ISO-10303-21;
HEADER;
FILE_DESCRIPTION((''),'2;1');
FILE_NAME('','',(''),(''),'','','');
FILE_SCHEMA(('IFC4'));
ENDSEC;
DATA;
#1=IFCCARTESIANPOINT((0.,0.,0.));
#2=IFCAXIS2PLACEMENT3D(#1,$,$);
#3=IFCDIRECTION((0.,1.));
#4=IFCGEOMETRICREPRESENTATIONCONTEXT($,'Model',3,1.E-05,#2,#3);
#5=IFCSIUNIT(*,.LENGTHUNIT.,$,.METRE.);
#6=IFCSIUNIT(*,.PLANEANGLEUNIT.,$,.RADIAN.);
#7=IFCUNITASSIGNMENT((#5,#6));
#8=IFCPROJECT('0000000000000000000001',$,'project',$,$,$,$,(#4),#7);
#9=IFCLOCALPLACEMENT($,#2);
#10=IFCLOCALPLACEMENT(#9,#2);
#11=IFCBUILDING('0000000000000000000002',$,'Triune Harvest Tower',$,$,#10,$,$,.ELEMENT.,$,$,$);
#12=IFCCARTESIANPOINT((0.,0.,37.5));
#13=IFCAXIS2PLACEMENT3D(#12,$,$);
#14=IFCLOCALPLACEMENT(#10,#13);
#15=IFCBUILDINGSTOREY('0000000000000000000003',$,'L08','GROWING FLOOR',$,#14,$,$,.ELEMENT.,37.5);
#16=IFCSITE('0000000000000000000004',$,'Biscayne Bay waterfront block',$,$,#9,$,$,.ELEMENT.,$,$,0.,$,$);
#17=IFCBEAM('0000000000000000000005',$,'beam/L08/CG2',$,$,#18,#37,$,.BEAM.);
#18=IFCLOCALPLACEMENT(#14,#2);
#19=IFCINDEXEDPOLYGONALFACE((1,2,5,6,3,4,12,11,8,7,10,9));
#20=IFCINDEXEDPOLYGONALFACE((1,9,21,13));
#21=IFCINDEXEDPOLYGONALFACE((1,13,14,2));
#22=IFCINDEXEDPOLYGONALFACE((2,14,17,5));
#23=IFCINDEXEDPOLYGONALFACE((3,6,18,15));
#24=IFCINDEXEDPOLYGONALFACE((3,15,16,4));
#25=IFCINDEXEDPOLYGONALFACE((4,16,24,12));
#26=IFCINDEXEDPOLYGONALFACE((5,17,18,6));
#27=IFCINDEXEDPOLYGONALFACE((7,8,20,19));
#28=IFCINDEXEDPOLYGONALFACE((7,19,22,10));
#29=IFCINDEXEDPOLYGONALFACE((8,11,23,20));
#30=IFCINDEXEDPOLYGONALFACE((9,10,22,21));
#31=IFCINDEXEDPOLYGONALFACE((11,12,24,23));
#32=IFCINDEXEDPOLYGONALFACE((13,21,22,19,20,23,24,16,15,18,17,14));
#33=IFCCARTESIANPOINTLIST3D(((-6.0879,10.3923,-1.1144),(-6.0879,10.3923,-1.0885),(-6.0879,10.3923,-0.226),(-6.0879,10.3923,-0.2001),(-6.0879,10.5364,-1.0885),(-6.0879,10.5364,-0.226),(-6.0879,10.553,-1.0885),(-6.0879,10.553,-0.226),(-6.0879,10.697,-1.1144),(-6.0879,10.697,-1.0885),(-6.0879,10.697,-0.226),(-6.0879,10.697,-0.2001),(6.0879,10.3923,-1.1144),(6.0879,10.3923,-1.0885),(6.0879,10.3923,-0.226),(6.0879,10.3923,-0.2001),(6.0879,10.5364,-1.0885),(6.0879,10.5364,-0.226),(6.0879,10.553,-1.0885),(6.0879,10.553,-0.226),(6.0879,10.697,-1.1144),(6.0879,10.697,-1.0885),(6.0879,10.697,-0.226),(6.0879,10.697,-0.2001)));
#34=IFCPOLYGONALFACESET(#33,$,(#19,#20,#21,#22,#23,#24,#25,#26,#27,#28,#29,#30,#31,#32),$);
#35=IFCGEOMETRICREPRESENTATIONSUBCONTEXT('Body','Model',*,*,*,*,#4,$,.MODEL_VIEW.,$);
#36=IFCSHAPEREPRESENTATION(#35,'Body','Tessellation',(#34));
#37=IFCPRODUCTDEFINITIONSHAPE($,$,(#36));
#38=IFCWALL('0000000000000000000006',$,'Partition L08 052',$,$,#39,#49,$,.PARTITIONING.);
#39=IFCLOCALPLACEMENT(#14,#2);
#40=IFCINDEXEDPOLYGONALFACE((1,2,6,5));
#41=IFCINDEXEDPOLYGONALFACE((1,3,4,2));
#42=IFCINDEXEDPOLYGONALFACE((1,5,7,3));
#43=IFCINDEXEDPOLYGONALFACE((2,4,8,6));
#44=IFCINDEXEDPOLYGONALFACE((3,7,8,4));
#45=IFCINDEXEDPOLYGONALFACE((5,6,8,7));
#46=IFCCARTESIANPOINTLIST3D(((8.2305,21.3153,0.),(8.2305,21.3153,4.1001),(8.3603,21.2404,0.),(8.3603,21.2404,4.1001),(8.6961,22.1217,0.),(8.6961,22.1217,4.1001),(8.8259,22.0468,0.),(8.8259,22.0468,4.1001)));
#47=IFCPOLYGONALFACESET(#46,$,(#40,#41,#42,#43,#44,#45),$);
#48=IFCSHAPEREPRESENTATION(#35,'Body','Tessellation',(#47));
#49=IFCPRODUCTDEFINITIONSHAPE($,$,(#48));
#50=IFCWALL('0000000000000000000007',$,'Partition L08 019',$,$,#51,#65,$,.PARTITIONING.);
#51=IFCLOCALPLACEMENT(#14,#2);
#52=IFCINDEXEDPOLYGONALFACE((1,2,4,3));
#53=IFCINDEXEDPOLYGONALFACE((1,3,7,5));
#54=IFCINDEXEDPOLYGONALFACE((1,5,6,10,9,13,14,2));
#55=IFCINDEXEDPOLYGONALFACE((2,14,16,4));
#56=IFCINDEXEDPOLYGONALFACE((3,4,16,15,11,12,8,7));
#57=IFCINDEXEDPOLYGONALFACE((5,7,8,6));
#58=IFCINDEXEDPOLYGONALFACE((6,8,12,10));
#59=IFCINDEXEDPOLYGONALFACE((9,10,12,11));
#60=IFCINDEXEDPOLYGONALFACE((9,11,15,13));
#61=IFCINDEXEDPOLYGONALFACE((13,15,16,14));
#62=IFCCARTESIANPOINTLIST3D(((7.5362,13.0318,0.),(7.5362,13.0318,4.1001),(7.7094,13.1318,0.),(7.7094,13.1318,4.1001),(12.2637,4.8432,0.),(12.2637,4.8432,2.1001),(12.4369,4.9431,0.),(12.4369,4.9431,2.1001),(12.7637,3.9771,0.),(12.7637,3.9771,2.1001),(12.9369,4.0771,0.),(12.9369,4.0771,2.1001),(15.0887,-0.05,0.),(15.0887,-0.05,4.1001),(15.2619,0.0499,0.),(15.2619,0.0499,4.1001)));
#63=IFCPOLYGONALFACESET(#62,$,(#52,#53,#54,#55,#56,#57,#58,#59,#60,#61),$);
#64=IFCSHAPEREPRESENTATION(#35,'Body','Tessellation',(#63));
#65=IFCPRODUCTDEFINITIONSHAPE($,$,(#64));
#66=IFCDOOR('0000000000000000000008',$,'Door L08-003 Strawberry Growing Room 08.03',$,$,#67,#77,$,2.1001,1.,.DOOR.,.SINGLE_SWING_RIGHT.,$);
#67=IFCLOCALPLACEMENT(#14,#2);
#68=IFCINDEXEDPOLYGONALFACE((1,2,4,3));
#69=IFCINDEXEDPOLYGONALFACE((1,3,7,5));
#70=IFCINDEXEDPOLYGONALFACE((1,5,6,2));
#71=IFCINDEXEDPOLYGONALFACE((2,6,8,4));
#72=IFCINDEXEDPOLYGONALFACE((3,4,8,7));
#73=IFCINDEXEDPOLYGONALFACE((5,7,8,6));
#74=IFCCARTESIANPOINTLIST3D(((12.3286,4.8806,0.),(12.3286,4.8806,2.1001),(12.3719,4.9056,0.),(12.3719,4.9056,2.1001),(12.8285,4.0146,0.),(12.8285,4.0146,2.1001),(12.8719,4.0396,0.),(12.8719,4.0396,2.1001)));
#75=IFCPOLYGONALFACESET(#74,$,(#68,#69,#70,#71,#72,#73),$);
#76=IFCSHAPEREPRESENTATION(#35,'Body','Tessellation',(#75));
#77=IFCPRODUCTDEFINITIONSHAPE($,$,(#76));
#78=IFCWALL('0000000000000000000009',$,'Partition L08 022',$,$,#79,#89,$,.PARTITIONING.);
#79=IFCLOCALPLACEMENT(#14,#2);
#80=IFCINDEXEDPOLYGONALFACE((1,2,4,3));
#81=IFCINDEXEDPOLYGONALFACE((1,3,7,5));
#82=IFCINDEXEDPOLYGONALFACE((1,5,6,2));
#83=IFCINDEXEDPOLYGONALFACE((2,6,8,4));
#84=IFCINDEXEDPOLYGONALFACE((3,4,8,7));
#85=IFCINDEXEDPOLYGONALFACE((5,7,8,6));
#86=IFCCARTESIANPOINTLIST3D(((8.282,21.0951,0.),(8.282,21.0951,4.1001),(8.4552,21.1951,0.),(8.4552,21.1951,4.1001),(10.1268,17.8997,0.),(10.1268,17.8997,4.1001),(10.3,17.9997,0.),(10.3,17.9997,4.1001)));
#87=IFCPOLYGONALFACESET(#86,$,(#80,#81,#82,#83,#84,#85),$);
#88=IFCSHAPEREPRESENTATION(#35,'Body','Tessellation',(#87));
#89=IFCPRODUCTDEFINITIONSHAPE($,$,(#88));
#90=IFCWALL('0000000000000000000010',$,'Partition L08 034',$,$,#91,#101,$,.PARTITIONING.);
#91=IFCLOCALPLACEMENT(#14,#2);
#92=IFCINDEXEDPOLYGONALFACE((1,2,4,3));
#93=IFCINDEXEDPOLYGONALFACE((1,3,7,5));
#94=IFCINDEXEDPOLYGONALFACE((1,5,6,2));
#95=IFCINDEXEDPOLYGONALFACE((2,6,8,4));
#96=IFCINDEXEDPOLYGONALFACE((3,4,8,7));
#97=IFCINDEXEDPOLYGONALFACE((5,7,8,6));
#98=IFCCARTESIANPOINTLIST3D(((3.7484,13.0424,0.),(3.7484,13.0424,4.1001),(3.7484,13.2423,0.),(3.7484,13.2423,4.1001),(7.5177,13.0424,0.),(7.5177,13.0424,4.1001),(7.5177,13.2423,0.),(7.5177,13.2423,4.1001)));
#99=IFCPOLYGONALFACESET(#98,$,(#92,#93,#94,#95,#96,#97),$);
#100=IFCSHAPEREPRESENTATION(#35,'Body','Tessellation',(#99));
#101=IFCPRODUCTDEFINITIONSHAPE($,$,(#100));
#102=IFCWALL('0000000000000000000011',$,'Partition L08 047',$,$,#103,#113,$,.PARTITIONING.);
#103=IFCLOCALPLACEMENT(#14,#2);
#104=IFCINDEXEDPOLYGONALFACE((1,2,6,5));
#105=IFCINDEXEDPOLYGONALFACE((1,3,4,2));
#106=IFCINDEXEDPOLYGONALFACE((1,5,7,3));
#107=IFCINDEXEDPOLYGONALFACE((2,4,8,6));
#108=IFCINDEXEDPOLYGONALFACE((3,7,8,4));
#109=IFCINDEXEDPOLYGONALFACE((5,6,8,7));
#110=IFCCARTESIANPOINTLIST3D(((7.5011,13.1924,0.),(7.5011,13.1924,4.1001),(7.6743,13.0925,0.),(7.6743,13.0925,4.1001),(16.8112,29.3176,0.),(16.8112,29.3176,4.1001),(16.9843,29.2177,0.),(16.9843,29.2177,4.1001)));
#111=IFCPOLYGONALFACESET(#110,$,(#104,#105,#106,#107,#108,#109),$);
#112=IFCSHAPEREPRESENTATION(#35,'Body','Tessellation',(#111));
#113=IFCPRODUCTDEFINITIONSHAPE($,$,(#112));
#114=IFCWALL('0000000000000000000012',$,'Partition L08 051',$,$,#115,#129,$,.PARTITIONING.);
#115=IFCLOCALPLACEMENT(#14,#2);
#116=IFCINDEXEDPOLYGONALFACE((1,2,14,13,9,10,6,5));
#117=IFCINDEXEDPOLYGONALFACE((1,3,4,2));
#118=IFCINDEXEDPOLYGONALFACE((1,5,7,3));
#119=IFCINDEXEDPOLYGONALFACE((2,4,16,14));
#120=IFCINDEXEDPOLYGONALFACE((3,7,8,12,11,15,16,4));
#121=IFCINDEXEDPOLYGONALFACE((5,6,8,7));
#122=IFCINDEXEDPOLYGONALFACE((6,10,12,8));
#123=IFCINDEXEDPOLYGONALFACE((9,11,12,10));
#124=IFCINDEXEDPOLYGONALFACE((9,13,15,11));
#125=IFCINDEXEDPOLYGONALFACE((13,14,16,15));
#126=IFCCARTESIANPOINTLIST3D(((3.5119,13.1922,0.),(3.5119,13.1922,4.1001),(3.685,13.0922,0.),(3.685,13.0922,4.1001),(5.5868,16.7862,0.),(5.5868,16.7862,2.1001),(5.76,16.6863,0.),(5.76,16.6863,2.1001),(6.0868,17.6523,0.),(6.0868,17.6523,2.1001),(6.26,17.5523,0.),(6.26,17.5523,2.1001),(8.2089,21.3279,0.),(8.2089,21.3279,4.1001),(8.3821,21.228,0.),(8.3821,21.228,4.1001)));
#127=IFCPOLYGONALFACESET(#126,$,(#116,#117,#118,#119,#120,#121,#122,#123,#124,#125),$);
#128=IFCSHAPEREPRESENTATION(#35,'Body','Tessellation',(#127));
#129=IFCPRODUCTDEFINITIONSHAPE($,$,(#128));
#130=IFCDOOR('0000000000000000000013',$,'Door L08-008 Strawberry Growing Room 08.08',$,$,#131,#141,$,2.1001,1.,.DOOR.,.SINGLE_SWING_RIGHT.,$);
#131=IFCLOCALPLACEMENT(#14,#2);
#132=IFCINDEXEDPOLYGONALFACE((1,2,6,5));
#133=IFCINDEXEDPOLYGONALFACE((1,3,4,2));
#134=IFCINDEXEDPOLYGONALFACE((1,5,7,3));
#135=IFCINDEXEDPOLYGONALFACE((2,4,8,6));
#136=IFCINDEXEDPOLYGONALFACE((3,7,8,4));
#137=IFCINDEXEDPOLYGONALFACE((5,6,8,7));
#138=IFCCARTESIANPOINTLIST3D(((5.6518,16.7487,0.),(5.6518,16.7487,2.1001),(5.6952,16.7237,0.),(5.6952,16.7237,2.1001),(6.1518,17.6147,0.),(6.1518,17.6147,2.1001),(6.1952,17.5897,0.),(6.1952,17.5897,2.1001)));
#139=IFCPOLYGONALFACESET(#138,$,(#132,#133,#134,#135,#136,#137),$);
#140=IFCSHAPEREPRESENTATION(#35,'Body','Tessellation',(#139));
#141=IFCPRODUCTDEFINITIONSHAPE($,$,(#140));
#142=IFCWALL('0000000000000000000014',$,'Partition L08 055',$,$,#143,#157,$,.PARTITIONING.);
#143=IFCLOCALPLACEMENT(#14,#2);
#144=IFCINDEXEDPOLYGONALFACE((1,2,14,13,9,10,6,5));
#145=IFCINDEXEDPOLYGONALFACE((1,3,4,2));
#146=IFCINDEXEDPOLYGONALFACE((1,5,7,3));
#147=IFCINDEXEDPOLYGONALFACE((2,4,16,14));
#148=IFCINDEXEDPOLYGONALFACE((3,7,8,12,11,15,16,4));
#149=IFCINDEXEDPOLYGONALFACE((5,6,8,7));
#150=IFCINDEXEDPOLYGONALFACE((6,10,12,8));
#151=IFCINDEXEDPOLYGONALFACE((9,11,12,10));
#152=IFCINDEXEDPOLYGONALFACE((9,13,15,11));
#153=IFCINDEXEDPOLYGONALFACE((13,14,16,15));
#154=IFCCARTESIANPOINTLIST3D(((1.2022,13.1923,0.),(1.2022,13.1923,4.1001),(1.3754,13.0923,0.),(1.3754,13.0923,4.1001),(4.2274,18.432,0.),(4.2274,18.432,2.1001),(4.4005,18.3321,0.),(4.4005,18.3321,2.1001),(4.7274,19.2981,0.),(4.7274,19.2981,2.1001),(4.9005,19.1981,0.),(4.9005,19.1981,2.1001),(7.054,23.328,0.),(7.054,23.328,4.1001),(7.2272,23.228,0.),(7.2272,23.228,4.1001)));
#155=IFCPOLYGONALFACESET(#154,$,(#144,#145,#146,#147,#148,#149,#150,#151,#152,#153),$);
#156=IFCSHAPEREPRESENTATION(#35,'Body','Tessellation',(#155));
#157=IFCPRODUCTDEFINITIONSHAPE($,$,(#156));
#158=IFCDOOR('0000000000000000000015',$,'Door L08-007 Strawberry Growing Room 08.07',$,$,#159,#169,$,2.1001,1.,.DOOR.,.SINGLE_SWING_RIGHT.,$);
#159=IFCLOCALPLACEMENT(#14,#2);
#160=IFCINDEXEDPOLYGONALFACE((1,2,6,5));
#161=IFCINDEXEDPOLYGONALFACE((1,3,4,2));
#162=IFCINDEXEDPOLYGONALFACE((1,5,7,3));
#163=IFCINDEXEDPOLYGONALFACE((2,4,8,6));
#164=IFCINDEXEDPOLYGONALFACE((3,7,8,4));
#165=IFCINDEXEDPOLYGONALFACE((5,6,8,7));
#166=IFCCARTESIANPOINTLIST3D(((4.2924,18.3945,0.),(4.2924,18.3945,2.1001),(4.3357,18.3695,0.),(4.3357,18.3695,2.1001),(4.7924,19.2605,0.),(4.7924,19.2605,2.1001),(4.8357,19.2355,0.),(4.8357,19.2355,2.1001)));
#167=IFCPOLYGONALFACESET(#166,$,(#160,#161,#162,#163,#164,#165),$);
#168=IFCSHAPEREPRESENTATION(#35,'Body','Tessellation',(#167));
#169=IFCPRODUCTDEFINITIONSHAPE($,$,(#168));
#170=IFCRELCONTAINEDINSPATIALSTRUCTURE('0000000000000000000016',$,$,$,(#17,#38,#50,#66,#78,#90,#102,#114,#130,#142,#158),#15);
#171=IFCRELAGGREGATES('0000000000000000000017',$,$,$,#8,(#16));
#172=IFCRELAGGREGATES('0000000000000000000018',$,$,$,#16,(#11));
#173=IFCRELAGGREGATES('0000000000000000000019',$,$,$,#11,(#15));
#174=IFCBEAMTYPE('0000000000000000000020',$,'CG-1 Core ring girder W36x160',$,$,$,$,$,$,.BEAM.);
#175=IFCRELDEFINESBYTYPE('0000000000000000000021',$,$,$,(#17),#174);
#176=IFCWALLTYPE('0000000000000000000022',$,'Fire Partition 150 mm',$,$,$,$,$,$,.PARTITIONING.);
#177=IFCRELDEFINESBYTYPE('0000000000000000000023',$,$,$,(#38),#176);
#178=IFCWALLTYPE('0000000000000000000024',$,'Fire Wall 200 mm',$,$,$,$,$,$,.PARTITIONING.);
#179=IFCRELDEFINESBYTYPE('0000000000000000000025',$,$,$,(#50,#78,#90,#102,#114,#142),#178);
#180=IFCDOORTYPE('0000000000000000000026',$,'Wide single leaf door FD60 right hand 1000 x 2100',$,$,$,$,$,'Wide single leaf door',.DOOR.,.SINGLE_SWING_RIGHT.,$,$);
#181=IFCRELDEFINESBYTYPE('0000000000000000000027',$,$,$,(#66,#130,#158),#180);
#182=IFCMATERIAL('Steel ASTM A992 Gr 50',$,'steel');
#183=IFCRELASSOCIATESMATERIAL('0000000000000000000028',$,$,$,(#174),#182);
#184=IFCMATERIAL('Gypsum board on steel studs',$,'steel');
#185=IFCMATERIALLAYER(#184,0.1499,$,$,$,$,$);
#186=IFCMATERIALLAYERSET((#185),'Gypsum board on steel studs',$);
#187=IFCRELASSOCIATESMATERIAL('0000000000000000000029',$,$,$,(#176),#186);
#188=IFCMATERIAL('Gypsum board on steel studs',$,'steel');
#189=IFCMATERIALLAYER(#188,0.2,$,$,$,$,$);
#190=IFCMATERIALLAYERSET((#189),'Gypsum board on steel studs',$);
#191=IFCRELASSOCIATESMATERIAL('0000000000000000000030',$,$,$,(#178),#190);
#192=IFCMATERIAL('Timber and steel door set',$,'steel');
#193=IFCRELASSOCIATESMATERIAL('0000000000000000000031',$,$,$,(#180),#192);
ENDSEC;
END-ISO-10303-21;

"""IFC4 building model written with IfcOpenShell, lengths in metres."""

from ifc_helpers import new_model, si_unit, direction, frame, frame_2d, origin, origin_2d, place, context, subcontext, project, spatial, rectangle, i_section, extrude, source, transform, mapped, material, layer, layer_set, material_profile, profile_set, type_object, element, fill, save


model = new_model("IFC4")

# Units and contexts
model_context = context("Model", 3, precision=1e-05, world=origin(), true_north=direction((0.0, 1.0)))
body_context = subcontext(model_context, "Body", "Model", "MODEL_VIEW")
ifc_project = project(units=[si_unit("LENGTHUNIT", "METRE"), si_unit("PLANEANGLEUNIT", "RADIAN")], contexts=[model_context])

# Site, building, storey
site_placement = place(None, origin())
site = spatial("IfcSite", under=ifc_project, at=site_placement, Name="Biscayne Bay waterfront block", CompositionType="ELEMENT", RefElevation=0.0)
building_placement = place(site_placement, origin())
building = spatial("IfcBuilding", under=site, at=building_placement, Name="Triune Harvest Tower", CompositionType="ELEMENT")
storey_placement = place(building_placement, frame((0.0, 0.0, 37.5)))
storey = spatial("IfcBuildingStorey", under=building, at=storey_placement, Name="L08", Description="GROWING FLOOR", CompositionType="ELEMENT", Elevation=37.5)

# Beam
ifc_material_1 = material(Name="Steel ASTM A992 Gr 50", Category="steel")
ifc_material_profile = material_profile(ifc_material_1, i_section(OverallWidth=0.3047, OverallDepth=0.9143, WebThickness=0.0166, FlangeThickness=0.0259, at=origin_2d()), Name="W36x160")
ifc_profile_set = profile_set([ifc_material_profile], Name="Steel ASTM A992 Gr 50")
beam_type = type_object("IfcBeamType", Name="CG-1 Core ring girder W36x160", PredefinedType="BEAM", material=ifc_profile_set)
shared_shape_1 = source(origin(), body_context, "Body", "SweptSolid", [
    extrude(i_section(OverallWidth=0.3047, OverallDepth=0.9143, WebThickness=0.0166, FlangeThickness=0.0259, at=origin_2d()), origin(), (0.0, 0.0, 1.0), 12.1758),
])
beam_placement = place(storey_placement, frame((6.0879, 10.5447, -0.6572), z_axis=(-1.0, 0.0, 0.0), x_axis=(0.0, -1.0, 0.0)))
element("IfcBeam", 1, at=beam_placement, inside=storey, type_object=beam_type, Name="beam/L08/CG2", PredefinedType="BEAM", context=body_context, shape_type="MappedRepresentation", body=[
    mapped(shared_shape_1, transform((0.0, 0.0, 0.0), scale=1.0)),
])

# Wall
ifc_material_2 = material(Name="Gypsum board on steel studs", Category="steel")
ifc_layer_1 = layer(ifc_material_2, 0.1499)
ifc_layer_set_1 = layer_set([ifc_layer_1], Name="Gypsum board on steel studs")
wall_type_1 = type_object("IfcWallType", Name="Fire Partition 150 mm", PredefinedType="PARTITIONING", material=ifc_layer_set_1)
wall_1_placement = place(storey_placement, frame((8.2954, 21.2778, 0.0), z_axis=(0.0, 0.0, 1.0), x_axis=(0.500002, 0.866024, 0.0)))
element("IfcWall", 2, at=wall_1_placement, inside=storey, type_object=wall_type_1, Name="Partition L08 052", PredefinedType="PARTITIONING", context=body_context, shape_type="SweptSolid", body=[
    extrude(rectangle(XDim=0.9312, YDim=0.1499, at=frame_2d((0.4656, 0.0))), origin(), (0.0, 0.0, 1.0), 4.1001),
])

# Wall, opening, door
ifc_material_3 = material(Name="Gypsum board on steel studs", Category="steel")
ifc_layer_2 = layer(ifc_material_3, 0.2)
ifc_layer_set_2 = layer_set([ifc_layer_2], Name="Gypsum board on steel studs")
wall_type_2 = type_object("IfcWallType", Name="Fire Wall 200 mm", PredefinedType="PARTITIONING", material=ifc_layer_set_2)
wall_2_placement = place(storey_placement, frame((7.6228, 13.0818, 0.0), z_axis=(0.0, 0.0, 1.0), x_axis=(0.499986, -0.866034, 0.0)))
wall_2 = element("IfcWall", 3, at=wall_2_placement, inside=storey, type_object=wall_type_2, Name="Partition L08 019", PredefinedType="PARTITIONING", context=body_context, shape_type="SweptSolid", body=[
    extrude(rectangle(XDim=15.1055, YDim=0.2, at=frame_2d((7.5527, 0.0))), origin(), (0.0, 0.0, 1.0), 4.1001),
])
opening_1_placement = place(wall_2_placement, frame((9.4553, 0.0, 0.0)))
opening_1 = element("IfcOpeningElement", 4, at=opening_1_placement, cuts=wall_2, PredefinedType="OPENING", context=body_context, shape_type="SweptSolid", body=[
    extrude(rectangle(XDim=1.0, YDim=2.1001, at=frame_2d((0.5, 1.05))), frame((0.0, 0.1099, 0.0), z_axis=(0.0, -1.0, 0.0), x_axis=(1.0, 0.0, 0.0)), (0.0, 0.0, 1.0), 0.22),
])
ifc_material_4 = material(Name="Timber and steel door set", Category="steel")
door_type_1 = type_object("IfcDoorType", Name="Wide single leaf door FD60 right hand 1000 x 2100", ElementType="Wide single leaf door", OperationType="SINGLE_SWING_RIGHT", PredefinedType="DOOR", material=ifc_material_4)
door_1_placement = place(opening_1_placement, origin())
door_1 = element("IfcDoor", 5, at=door_1_placement, inside=storey, type_object=door_type_1, Name="Door L08-003 Strawberry Growing Room 08.03", OperationType="SINGLE_SWING_RIGHT", OverallHeight=2.1001, OverallWidth=1.0, PredefinedType="DOOR", context=body_context, shape_type="SweptSolid", body=[
    extrude(rectangle(XDim=1.0, YDim=2.1001, at=frame_2d((0.5, 1.05))), frame((0.0, 0.0249, 0.0), z_axis=(0.0, -1.0, 0.0), x_axis=(1.0, 0.0, 0.0)), (0.0, 0.0, 1.0), 0.05),
])
fill(opening_1, door_1)

# Walls
wall_3_placement = place(storey_placement, frame((8.3687, 21.145, 0.0), z_axis=(0.0, 0.0, 1.0), x_axis=(0.499982, -0.866036, 0.0)))
element("IfcWall", 6, at=wall_3_placement, inside=storey, type_object=wall_type_2, Name="Partition L08 022", PredefinedType="PARTITIONING", context=body_context, shape_type="SweptSolid", body=[
    extrude(rectangle(XDim=3.6897, YDim=0.2, at=frame_2d((1.8447, 0.0))), origin(), (0.0, 0.0, 1.0), 4.1001),
])
wall_4_placement = place(storey_placement, frame((3.7483, 13.1423, 0.0), z_axis=(0.0, 0.0, 1.0), x_axis=(1.0, 0.0, 0.0)))
element("IfcWall", 7, at=wall_4_placement, inside=storey, type_object=wall_type_2, Name="Partition L08 034", PredefinedType="PARTITIONING", context=body_context, shape_type="SweptSolid", body=[
    extrude(rectangle(XDim=3.7693, YDim=0.2, at=frame_2d((1.8848, 0.0))), origin(), (0.0, 0.0, 1.0), 4.1001),
])
wall_5_placement = place(storey_placement, frame((7.5876, 13.1423, 0.0), z_axis=(0.0, 0.0, 1.0), x_axis=(0.500006, 0.866022, 0.0)))
element("IfcWall", 8, at=wall_5_placement, inside=storey, type_object=wall_type_2, Name="Partition L08 047", PredefinedType="PARTITIONING", context=body_context, shape_type="SweptSolid", body=[
    extrude(rectangle(XDim=18.6199, YDim=0.2, at=frame_2d((9.3101, 0.0))), origin(), (0.0, 0.0, 1.0), 4.1001),
])

# Walls, openings, doors
wall_6_placement = place(storey_placement, frame((3.5984, 13.1421, 0.0), z_axis=(0.0, 0.0, 1.0), x_axis=(0.499988, 0.866032, 0.0)))
wall_6 = element("IfcWall", 9, at=wall_6_placement, inside=storey, type_object=wall_type_2, Name="Partition L08 051", PredefinedType="PARTITIONING", context=body_context, shape_type="SweptSolid", body=[
    extrude(rectangle(XDim=9.3943, YDim=0.2, at=frame_2d((4.6973, 0.0))), origin(), (0.0, 0.0, 1.0), 4.1001),
])
opening_2_placement = place(wall_6_placement, frame((4.1501, 0.0, 0.0)))
opening_2 = element("IfcOpeningElement", 10, at=opening_2_placement, cuts=wall_6, PredefinedType="OPENING", context=body_context, shape_type="SweptSolid", body=[
    extrude(rectangle(XDim=1.0, YDim=2.1001, at=frame_2d((0.5, 1.05))), frame((0.0, 0.1099, 0.0), z_axis=(0.0, -1.0, 0.0), x_axis=(1.0, 0.0, 0.0)), (0.0, 0.0, 1.0), 0.22),
])
door_2_placement = place(opening_2_placement, origin())
door_2 = element("IfcDoor", 11, at=door_2_placement, inside=storey, type_object=door_type_1, Name="Door L08-008 Strawberry Growing Room 08.08", OperationType="SINGLE_SWING_RIGHT", OverallHeight=2.1001, OverallWidth=1.0, PredefinedType="DOOR", context=body_context, shape_type="SweptSolid", body=[
    extrude(rectangle(XDim=1.0, YDim=2.1001, at=frame_2d((0.5, 1.05))), frame((0.0, 0.0249, 0.0), z_axis=(0.0, -1.0, 0.0), x_axis=(1.0, 0.0, 0.0)), (0.0, 0.0, 1.0), 0.05),
])
fill(opening_2, door_2)
wall_7_placement = place(storey_placement, frame((1.2888, 13.1423, 0.0), z_axis=(0.0, 0.0, 1.0), x_axis=(0.499996, 0.866028, 0.0)))
wall_7 = element("IfcWall", 12, at=wall_7_placement, inside=storey, type_object=wall_type_2, Name="Partition L08 055", PredefinedType="PARTITIONING", context=body_context, shape_type="SweptSolid", body=[
    extrude(rectangle(XDim=11.7036, YDim=0.2, at=frame_2d((5.8518, 0.0))), origin(), (0.0, 0.0, 1.0), 4.1001),
])
opening_3_placement = place(wall_7_placement, frame((6.0503, 0.0, 0.0)))
opening_3 = element("IfcOpeningElement", 13, at=opening_3_placement, cuts=wall_7, PredefinedType="OPENING", context=body_context, shape_type="SweptSolid", body=[
    extrude(rectangle(XDim=1.0, YDim=2.1001, at=frame_2d((0.5, 1.05))), frame((0.0, 0.1099, 0.0), z_axis=(0.0, -1.0, 0.0), x_axis=(1.0, 0.0, 0.0)), (0.0, 0.0, 1.0), 0.22),
])
door_3_placement = place(opening_3_placement, origin())
door_3 = element("IfcDoor", 14, at=door_3_placement, inside=storey, type_object=door_type_1, Name="Door L08-007 Strawberry Growing Room 08.07", OperationType="SINGLE_SWING_RIGHT", OverallHeight=2.1001, OverallWidth=1.0, PredefinedType="DOOR", context=body_context, shape_type="SweptSolid", body=[
    extrude(rectangle(XDim=1.0, YDim=2.1001, at=frame_2d((0.5, 1.05))), frame((0.0, 0.0249, 0.0), z_axis=(0.0, -1.0, 0.0), x_axis=(1.0, 0.0, 0.0)), (0.0, 0.0, 1.0), 0.05),
])
fill(opening_3, door_3)

save(model, "model.ifc")
